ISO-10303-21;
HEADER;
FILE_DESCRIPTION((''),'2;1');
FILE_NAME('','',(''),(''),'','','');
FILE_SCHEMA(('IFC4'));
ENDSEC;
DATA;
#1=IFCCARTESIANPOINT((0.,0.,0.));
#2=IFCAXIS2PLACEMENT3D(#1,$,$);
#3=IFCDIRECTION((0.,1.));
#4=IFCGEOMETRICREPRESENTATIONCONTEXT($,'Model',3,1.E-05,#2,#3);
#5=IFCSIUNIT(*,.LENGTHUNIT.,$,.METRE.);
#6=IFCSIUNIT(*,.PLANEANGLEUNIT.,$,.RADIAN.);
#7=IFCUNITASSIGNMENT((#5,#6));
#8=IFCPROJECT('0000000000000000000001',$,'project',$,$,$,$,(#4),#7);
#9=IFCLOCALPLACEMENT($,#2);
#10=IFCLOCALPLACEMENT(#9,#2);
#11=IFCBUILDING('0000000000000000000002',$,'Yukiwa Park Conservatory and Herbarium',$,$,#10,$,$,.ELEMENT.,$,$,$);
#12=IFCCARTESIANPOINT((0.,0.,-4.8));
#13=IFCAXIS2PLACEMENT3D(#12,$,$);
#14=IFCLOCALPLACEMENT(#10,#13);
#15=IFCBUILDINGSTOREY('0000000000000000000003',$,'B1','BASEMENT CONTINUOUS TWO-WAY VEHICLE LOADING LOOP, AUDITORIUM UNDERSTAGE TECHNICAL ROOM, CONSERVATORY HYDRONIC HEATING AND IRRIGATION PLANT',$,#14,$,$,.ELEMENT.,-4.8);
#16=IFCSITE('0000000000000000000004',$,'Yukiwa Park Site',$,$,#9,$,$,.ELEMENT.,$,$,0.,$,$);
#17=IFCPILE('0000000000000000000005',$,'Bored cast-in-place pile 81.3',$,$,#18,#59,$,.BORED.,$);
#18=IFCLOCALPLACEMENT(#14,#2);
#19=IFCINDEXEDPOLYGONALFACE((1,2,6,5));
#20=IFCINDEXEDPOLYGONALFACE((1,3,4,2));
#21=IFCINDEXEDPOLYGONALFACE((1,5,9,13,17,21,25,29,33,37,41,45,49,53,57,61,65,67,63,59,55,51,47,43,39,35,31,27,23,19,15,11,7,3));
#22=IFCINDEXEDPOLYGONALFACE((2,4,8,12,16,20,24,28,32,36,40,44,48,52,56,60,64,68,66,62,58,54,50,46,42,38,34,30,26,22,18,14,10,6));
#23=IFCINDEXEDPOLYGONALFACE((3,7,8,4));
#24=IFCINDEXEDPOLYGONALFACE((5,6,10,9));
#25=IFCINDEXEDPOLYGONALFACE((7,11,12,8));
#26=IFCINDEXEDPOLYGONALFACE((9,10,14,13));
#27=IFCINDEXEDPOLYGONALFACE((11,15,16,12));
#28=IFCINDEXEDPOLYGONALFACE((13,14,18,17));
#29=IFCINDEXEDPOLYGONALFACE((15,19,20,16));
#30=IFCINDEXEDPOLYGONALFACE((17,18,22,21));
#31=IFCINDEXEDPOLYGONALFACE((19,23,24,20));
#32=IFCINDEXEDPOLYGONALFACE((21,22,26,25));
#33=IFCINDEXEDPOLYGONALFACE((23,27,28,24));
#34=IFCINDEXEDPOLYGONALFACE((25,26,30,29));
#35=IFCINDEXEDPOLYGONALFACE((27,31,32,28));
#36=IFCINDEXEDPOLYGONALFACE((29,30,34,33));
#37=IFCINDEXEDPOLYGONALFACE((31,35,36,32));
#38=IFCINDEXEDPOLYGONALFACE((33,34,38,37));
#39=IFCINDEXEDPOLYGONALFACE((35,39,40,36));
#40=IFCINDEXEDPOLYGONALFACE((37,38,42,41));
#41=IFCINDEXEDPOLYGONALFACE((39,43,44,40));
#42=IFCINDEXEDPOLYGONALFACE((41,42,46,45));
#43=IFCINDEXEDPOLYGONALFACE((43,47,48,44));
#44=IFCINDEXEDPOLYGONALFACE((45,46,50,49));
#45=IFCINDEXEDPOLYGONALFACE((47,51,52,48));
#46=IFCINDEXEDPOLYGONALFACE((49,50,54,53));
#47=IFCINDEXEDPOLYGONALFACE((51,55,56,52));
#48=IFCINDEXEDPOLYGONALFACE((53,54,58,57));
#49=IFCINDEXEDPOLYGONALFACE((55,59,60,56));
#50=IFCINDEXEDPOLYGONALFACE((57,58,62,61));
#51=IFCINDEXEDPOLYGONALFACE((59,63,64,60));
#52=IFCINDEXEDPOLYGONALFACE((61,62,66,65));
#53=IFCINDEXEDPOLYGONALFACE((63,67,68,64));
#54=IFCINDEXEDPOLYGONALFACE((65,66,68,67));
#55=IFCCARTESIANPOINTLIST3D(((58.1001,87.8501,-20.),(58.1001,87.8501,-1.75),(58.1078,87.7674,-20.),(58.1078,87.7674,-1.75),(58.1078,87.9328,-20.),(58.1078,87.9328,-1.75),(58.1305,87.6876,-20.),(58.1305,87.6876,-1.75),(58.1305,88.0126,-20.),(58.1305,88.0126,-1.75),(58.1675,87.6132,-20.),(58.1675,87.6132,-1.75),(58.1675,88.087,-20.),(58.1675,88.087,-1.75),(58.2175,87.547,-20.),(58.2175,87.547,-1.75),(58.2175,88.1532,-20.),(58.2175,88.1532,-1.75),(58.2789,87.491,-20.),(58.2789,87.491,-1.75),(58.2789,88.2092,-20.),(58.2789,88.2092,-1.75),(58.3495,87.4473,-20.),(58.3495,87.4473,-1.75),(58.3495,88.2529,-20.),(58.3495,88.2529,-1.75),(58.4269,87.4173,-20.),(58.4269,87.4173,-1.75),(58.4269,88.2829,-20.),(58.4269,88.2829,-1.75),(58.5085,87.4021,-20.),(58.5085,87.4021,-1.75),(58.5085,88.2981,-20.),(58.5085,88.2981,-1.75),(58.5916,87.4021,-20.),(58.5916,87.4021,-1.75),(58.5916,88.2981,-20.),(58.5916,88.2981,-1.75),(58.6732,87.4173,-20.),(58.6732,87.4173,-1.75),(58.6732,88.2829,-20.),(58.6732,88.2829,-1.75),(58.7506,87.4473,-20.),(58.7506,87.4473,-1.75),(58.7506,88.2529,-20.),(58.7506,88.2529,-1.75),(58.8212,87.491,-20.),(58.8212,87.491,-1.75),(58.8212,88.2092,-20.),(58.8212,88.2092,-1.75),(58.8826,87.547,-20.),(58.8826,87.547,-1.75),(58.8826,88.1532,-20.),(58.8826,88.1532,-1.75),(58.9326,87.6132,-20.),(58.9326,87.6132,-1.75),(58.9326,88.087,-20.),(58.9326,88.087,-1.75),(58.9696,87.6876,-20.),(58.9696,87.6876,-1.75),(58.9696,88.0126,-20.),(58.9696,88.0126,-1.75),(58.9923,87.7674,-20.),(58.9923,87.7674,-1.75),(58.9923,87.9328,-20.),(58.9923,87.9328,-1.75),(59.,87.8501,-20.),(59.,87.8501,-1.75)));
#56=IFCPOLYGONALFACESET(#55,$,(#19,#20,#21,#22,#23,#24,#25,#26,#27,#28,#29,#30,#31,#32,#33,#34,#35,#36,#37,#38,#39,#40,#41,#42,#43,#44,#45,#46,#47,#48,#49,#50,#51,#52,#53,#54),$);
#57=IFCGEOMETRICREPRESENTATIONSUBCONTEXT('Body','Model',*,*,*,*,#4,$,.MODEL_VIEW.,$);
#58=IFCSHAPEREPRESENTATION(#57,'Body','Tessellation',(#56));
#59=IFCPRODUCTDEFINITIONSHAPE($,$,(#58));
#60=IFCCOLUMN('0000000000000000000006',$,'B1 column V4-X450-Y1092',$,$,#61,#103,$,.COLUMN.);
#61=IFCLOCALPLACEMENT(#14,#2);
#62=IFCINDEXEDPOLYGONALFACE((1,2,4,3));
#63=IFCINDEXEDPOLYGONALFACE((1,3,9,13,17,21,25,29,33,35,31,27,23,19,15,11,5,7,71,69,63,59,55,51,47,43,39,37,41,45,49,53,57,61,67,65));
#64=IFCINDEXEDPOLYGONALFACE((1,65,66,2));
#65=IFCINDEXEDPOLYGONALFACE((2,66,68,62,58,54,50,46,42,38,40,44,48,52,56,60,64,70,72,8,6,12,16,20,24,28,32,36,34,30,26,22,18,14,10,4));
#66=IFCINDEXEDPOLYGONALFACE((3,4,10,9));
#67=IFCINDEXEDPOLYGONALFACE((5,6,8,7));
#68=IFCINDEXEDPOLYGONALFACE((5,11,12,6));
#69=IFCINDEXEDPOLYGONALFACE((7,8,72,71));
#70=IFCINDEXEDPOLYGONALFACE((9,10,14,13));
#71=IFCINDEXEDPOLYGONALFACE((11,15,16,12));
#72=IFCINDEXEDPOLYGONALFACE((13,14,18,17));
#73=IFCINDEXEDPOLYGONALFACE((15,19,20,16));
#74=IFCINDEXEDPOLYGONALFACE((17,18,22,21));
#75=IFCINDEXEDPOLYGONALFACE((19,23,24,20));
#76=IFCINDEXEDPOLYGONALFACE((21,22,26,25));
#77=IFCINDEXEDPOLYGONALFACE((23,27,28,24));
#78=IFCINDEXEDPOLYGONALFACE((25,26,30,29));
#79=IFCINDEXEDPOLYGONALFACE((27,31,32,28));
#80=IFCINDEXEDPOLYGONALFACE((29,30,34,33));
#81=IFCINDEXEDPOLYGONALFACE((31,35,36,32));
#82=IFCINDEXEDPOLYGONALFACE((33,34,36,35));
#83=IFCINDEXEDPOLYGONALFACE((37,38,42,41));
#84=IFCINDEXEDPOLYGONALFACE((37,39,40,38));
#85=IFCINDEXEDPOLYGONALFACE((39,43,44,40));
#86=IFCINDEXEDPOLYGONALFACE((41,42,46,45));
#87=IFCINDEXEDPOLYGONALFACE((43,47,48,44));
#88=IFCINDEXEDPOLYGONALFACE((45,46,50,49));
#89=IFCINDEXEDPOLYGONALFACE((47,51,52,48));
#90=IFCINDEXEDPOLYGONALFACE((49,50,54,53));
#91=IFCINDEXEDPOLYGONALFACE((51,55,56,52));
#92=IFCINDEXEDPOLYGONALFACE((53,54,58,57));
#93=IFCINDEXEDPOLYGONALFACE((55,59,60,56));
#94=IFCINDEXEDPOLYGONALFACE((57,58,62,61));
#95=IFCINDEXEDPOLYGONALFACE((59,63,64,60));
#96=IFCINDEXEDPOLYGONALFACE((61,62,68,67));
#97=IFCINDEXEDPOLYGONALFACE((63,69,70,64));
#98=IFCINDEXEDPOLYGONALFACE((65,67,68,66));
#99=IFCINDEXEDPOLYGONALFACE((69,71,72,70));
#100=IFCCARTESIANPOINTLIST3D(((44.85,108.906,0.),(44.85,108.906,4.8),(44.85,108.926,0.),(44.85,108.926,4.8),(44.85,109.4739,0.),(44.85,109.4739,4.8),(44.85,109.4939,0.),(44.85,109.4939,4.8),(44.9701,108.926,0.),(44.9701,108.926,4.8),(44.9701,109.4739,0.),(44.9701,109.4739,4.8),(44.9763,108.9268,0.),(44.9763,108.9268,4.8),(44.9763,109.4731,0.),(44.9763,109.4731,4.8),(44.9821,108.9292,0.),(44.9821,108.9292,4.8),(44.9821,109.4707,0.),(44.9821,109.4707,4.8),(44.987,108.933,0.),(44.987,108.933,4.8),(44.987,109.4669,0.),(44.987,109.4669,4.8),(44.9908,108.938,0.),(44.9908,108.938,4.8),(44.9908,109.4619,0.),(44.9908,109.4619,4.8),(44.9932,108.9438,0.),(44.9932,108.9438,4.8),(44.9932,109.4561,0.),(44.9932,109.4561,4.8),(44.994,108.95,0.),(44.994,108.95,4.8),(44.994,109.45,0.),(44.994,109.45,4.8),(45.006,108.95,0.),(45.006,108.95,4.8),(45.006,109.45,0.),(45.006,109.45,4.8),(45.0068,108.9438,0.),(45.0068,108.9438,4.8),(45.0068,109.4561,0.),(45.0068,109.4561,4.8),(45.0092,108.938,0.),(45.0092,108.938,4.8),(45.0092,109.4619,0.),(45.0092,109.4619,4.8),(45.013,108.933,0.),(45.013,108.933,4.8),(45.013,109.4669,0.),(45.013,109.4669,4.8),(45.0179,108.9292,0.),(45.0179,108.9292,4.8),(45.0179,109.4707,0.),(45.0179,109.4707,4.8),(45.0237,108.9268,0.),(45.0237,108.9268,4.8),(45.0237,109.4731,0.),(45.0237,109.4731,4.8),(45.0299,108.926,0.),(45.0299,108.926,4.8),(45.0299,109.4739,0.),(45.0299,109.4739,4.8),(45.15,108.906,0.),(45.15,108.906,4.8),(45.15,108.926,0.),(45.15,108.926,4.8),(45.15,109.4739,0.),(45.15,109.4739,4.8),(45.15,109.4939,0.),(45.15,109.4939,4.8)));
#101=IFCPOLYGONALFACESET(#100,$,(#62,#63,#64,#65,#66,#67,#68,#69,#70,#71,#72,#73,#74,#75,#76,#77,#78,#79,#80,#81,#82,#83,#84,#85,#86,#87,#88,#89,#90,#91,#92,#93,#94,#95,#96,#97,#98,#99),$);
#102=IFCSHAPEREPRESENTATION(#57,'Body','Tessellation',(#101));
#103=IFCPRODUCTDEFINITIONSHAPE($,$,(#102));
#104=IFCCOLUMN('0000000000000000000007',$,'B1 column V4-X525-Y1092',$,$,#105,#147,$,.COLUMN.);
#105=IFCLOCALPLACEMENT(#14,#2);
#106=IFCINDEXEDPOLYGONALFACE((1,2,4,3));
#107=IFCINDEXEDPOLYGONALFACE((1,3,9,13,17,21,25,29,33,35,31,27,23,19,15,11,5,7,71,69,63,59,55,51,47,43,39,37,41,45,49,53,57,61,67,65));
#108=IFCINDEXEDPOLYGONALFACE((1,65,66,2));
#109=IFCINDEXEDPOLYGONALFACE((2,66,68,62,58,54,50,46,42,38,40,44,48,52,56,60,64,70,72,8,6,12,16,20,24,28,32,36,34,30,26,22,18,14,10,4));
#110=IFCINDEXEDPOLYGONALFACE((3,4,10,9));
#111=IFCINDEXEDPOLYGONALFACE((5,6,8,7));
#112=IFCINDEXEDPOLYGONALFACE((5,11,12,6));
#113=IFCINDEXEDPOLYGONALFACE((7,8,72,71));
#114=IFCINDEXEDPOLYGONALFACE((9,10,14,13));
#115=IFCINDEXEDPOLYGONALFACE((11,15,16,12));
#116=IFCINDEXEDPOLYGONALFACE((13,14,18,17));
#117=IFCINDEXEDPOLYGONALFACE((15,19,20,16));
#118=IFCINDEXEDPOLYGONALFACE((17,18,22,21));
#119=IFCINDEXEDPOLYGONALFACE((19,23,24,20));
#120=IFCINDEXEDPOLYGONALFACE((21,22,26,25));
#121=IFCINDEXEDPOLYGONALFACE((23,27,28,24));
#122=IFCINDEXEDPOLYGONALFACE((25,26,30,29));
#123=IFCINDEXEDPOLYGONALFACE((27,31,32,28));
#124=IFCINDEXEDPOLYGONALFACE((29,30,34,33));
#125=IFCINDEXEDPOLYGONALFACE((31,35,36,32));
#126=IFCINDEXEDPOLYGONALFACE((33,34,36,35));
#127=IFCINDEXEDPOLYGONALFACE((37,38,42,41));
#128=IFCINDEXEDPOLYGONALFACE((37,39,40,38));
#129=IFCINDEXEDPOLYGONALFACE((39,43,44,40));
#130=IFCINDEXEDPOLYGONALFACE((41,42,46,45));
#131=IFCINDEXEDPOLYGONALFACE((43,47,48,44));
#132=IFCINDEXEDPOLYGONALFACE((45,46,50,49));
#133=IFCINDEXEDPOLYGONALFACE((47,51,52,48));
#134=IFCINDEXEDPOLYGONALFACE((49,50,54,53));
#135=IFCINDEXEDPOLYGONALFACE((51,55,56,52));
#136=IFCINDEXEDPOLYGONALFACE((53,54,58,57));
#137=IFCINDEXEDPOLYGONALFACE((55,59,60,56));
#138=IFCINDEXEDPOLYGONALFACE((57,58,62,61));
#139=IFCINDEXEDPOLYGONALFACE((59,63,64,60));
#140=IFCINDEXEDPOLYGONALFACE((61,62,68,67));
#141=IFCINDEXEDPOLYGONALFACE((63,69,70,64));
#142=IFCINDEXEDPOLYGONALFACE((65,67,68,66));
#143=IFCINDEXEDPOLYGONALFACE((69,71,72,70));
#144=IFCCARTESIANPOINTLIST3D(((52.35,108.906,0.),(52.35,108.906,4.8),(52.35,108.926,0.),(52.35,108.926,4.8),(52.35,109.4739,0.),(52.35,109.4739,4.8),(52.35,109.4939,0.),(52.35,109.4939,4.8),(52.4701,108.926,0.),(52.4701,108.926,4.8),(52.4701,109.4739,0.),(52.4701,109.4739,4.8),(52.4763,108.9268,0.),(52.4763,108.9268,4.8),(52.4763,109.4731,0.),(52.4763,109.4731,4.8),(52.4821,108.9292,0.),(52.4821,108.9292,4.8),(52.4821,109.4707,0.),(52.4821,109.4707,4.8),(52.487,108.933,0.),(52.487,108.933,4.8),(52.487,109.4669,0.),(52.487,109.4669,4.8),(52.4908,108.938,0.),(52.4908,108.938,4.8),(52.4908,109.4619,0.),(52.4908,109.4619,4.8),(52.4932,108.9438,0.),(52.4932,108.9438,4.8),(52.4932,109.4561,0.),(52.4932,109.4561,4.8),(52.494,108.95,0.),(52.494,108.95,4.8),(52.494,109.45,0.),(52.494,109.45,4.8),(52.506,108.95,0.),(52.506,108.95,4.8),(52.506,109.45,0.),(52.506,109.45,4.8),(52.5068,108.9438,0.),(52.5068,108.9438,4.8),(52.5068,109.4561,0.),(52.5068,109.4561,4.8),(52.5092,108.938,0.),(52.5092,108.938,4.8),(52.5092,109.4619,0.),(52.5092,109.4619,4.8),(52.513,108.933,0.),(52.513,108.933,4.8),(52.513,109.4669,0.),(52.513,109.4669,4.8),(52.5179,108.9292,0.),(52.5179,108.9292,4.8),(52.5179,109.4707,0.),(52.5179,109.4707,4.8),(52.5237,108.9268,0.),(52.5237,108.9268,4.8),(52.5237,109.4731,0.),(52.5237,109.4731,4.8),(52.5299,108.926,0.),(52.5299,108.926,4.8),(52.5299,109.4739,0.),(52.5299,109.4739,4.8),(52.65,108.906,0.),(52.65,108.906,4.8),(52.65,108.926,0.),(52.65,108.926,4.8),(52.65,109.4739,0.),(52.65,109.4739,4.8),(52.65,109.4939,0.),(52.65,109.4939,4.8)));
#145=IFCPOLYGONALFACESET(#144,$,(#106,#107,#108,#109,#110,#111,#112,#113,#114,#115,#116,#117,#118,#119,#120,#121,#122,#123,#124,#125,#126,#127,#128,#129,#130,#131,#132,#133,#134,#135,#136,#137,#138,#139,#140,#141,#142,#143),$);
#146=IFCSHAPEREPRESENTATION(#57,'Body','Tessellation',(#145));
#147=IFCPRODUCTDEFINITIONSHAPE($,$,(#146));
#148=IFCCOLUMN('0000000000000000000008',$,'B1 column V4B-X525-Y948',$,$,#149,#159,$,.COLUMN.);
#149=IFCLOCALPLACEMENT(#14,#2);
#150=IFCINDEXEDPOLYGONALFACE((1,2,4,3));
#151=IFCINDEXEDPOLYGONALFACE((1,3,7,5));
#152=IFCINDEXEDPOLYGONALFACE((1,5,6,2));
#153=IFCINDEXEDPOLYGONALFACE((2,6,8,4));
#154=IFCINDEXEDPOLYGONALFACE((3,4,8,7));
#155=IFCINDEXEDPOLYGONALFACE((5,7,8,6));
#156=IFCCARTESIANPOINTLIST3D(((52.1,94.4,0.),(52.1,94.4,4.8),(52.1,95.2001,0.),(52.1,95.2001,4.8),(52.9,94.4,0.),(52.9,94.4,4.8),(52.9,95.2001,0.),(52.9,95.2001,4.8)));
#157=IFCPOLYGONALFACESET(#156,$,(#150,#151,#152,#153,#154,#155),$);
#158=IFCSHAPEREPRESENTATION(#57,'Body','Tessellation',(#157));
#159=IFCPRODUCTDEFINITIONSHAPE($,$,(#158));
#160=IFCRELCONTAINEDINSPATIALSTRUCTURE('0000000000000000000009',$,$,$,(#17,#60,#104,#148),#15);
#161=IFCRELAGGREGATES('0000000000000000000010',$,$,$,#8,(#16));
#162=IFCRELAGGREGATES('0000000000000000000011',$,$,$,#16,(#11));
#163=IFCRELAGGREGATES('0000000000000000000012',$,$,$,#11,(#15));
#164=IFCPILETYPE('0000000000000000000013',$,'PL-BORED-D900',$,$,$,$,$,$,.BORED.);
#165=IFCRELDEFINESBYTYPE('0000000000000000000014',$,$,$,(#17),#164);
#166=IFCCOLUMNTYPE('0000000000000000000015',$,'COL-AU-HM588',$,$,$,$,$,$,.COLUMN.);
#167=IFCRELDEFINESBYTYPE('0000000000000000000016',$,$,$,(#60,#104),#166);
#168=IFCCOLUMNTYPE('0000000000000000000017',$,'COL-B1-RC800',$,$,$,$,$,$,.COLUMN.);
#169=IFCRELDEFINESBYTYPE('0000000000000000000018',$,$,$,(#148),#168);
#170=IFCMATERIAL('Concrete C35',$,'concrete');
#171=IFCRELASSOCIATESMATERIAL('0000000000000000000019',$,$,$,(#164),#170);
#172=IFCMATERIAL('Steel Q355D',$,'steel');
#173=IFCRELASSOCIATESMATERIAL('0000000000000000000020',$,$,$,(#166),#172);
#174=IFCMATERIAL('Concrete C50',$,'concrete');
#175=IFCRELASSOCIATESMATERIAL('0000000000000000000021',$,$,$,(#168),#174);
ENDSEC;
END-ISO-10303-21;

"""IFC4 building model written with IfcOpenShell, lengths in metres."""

from ifc_helpers import new_model, si_unit, direction, frame, origin, origin_2d, place, context, subcontext, project, spatial, rectangle, circle, i_section, extrude, material, material_profile, profile_set, type_object, element, save


model = new_model("IFC4")

# Units and contexts
model_context = context("Model", 3, precision=1e-05, world=origin(), true_north=direction((0.0, 1.0)))
body_context = subcontext(model_context, "Body", "Model", "MODEL_VIEW")
ifc_project = project(units=[si_unit("LENGTHUNIT", "METRE"), si_unit("PLANEANGLEUNIT", "RADIAN")], contexts=[model_context])

# Site, building, storey
site_placement = place(None, origin())
site = spatial("IfcSite", under=ifc_project, at=site_placement, Name="Yukiwa Park Site", CompositionType="ELEMENT", RefElevation=0.0)
building_placement = place(site_placement, origin())
building = spatial("IfcBuilding", under=site, at=building_placement, Name="Yukiwa Park Conservatory and Herbarium", CompositionType="ELEMENT")
storey_placement = place(building_placement, frame((0.0, 0.0, -4.8)))
storey = spatial("IfcBuildingStorey", under=building, at=storey_placement, Name="B1", Description="BASEMENT CONTINUOUS TWO-WAY VEHICLE LOADING LOOP, AUDITORIUM UNDERSTAGE TECHNICAL ROOM, CONSERVATORY HYDRONIC HEATING AND IRRIGATION PLANT", CompositionType="ELEMENT", Elevation=-4.8)

# Pile
ifc_material_1 = material(Name="Concrete C35", Category="concrete")
ifc_material_profile_1 = material_profile(ifc_material_1, circle(Radius=0.45, at=origin_2d()), Name="PILE D900")
ifc_profile_set_1 = profile_set([ifc_material_profile_1], Name="Concrete C35")
pile_type_1 = type_object("IfcPileType", Name="PL-BORED-D900", PredefinedType="BORED", material=ifc_profile_set_1)
pile_1_placement = place(storey_placement, frame((58.55, 87.8501, -1.75), z_axis=(0.0, 0.0, -1.0), x_axis=(1.0, 0.0, 0.0)))
element("IfcPile", 1, at=pile_1_placement, inside=storey, type_object=pile_type_1, Name="Bored cast-in-place pile 81.3", PredefinedType="BORED", context=body_context, shape_type="SweptSolid", body=[
    extrude(circle(Radius=0.45, at=origin_2d()), origin(), (0.0, 0.0, 1.0), 18.25),
])

# Columns
ifc_material_2 = material(Name="Steel Q355D", Category="steel")
ifc_material_profile_2 = material_profile(ifc_material_2, i_section(OverallWidth=0.3, OverallDepth=0.5879, WebThickness=0.012, FlangeThickness=0.02, FilletRadius=0.0239, at=origin_2d()), Name="HM 588x300x12x20")
ifc_profile_set_2 = profile_set([ifc_material_profile_2], Name="Steel Q355D")
column_type_1 = type_object("IfcColumnType", Name="COL-AU-HM588", PredefinedType="COLUMN", material=ifc_profile_set_2)
for number, where, z_axis, x_axis, name in (
    (2, (45.0, 109.2, 0.0), (0.0, 0.0, 1.0), (1.0, 0.0, 0.0), "B1 column V4-X450-Y1092"),
    (3, (52.5, 109.2, 0.0), (0.0, 0.0, 1.0), (1.0, 0.0, 0.0), "B1 column V4-X525-Y1092"),
):
    element("IfcColumn", number, at=place(storey_placement, frame(where, z_axis=z_axis, x_axis=x_axis)), inside=storey, type_object=column_type_1, Name=name, PredefinedType="COLUMN", context=body_context, shape_type="SweptSolid", body=[
        extrude(i_section(OverallWidth=0.3, OverallDepth=0.5879, WebThickness=0.012, FlangeThickness=0.02, FilletRadius=0.0239, at=origin_2d()), origin(), (0.0, 0.0, 1.0), 4.8),
    ])
ifc_material_3 = material(Name="Concrete C50", Category="concrete")
ifc_material_profile_3 = material_profile(ifc_material_3, rectangle(XDim=0.8, YDim=0.8, at=origin_2d()), Name="RC 800x800")
ifc_profile_set_3 = profile_set([ifc_material_profile_3], Name="Concrete C50")
column_type_2 = type_object("IfcColumnType", Name="COL-B1-RC800", PredefinedType="COLUMN", material=ifc_profile_set_3)
column_placement = place(storey_placement, frame((52.5, 94.8, 0.0), z_axis=(0.0, 0.0, 1.0), x_axis=(1.0, 0.0, 0.0)))
element("IfcColumn", 4, at=column_placement, inside=storey, type_object=column_type_2, Name="B1 column V4B-X525-Y948", PredefinedType="COLUMN", context=body_context, shape_type="SweptSolid", body=[
    extrude(rectangle(XDim=0.8, YDim=0.8, at=origin_2d()), origin(), (0.0, 0.0, 1.0), 4.8),
])

save(model, "model.ifc")
